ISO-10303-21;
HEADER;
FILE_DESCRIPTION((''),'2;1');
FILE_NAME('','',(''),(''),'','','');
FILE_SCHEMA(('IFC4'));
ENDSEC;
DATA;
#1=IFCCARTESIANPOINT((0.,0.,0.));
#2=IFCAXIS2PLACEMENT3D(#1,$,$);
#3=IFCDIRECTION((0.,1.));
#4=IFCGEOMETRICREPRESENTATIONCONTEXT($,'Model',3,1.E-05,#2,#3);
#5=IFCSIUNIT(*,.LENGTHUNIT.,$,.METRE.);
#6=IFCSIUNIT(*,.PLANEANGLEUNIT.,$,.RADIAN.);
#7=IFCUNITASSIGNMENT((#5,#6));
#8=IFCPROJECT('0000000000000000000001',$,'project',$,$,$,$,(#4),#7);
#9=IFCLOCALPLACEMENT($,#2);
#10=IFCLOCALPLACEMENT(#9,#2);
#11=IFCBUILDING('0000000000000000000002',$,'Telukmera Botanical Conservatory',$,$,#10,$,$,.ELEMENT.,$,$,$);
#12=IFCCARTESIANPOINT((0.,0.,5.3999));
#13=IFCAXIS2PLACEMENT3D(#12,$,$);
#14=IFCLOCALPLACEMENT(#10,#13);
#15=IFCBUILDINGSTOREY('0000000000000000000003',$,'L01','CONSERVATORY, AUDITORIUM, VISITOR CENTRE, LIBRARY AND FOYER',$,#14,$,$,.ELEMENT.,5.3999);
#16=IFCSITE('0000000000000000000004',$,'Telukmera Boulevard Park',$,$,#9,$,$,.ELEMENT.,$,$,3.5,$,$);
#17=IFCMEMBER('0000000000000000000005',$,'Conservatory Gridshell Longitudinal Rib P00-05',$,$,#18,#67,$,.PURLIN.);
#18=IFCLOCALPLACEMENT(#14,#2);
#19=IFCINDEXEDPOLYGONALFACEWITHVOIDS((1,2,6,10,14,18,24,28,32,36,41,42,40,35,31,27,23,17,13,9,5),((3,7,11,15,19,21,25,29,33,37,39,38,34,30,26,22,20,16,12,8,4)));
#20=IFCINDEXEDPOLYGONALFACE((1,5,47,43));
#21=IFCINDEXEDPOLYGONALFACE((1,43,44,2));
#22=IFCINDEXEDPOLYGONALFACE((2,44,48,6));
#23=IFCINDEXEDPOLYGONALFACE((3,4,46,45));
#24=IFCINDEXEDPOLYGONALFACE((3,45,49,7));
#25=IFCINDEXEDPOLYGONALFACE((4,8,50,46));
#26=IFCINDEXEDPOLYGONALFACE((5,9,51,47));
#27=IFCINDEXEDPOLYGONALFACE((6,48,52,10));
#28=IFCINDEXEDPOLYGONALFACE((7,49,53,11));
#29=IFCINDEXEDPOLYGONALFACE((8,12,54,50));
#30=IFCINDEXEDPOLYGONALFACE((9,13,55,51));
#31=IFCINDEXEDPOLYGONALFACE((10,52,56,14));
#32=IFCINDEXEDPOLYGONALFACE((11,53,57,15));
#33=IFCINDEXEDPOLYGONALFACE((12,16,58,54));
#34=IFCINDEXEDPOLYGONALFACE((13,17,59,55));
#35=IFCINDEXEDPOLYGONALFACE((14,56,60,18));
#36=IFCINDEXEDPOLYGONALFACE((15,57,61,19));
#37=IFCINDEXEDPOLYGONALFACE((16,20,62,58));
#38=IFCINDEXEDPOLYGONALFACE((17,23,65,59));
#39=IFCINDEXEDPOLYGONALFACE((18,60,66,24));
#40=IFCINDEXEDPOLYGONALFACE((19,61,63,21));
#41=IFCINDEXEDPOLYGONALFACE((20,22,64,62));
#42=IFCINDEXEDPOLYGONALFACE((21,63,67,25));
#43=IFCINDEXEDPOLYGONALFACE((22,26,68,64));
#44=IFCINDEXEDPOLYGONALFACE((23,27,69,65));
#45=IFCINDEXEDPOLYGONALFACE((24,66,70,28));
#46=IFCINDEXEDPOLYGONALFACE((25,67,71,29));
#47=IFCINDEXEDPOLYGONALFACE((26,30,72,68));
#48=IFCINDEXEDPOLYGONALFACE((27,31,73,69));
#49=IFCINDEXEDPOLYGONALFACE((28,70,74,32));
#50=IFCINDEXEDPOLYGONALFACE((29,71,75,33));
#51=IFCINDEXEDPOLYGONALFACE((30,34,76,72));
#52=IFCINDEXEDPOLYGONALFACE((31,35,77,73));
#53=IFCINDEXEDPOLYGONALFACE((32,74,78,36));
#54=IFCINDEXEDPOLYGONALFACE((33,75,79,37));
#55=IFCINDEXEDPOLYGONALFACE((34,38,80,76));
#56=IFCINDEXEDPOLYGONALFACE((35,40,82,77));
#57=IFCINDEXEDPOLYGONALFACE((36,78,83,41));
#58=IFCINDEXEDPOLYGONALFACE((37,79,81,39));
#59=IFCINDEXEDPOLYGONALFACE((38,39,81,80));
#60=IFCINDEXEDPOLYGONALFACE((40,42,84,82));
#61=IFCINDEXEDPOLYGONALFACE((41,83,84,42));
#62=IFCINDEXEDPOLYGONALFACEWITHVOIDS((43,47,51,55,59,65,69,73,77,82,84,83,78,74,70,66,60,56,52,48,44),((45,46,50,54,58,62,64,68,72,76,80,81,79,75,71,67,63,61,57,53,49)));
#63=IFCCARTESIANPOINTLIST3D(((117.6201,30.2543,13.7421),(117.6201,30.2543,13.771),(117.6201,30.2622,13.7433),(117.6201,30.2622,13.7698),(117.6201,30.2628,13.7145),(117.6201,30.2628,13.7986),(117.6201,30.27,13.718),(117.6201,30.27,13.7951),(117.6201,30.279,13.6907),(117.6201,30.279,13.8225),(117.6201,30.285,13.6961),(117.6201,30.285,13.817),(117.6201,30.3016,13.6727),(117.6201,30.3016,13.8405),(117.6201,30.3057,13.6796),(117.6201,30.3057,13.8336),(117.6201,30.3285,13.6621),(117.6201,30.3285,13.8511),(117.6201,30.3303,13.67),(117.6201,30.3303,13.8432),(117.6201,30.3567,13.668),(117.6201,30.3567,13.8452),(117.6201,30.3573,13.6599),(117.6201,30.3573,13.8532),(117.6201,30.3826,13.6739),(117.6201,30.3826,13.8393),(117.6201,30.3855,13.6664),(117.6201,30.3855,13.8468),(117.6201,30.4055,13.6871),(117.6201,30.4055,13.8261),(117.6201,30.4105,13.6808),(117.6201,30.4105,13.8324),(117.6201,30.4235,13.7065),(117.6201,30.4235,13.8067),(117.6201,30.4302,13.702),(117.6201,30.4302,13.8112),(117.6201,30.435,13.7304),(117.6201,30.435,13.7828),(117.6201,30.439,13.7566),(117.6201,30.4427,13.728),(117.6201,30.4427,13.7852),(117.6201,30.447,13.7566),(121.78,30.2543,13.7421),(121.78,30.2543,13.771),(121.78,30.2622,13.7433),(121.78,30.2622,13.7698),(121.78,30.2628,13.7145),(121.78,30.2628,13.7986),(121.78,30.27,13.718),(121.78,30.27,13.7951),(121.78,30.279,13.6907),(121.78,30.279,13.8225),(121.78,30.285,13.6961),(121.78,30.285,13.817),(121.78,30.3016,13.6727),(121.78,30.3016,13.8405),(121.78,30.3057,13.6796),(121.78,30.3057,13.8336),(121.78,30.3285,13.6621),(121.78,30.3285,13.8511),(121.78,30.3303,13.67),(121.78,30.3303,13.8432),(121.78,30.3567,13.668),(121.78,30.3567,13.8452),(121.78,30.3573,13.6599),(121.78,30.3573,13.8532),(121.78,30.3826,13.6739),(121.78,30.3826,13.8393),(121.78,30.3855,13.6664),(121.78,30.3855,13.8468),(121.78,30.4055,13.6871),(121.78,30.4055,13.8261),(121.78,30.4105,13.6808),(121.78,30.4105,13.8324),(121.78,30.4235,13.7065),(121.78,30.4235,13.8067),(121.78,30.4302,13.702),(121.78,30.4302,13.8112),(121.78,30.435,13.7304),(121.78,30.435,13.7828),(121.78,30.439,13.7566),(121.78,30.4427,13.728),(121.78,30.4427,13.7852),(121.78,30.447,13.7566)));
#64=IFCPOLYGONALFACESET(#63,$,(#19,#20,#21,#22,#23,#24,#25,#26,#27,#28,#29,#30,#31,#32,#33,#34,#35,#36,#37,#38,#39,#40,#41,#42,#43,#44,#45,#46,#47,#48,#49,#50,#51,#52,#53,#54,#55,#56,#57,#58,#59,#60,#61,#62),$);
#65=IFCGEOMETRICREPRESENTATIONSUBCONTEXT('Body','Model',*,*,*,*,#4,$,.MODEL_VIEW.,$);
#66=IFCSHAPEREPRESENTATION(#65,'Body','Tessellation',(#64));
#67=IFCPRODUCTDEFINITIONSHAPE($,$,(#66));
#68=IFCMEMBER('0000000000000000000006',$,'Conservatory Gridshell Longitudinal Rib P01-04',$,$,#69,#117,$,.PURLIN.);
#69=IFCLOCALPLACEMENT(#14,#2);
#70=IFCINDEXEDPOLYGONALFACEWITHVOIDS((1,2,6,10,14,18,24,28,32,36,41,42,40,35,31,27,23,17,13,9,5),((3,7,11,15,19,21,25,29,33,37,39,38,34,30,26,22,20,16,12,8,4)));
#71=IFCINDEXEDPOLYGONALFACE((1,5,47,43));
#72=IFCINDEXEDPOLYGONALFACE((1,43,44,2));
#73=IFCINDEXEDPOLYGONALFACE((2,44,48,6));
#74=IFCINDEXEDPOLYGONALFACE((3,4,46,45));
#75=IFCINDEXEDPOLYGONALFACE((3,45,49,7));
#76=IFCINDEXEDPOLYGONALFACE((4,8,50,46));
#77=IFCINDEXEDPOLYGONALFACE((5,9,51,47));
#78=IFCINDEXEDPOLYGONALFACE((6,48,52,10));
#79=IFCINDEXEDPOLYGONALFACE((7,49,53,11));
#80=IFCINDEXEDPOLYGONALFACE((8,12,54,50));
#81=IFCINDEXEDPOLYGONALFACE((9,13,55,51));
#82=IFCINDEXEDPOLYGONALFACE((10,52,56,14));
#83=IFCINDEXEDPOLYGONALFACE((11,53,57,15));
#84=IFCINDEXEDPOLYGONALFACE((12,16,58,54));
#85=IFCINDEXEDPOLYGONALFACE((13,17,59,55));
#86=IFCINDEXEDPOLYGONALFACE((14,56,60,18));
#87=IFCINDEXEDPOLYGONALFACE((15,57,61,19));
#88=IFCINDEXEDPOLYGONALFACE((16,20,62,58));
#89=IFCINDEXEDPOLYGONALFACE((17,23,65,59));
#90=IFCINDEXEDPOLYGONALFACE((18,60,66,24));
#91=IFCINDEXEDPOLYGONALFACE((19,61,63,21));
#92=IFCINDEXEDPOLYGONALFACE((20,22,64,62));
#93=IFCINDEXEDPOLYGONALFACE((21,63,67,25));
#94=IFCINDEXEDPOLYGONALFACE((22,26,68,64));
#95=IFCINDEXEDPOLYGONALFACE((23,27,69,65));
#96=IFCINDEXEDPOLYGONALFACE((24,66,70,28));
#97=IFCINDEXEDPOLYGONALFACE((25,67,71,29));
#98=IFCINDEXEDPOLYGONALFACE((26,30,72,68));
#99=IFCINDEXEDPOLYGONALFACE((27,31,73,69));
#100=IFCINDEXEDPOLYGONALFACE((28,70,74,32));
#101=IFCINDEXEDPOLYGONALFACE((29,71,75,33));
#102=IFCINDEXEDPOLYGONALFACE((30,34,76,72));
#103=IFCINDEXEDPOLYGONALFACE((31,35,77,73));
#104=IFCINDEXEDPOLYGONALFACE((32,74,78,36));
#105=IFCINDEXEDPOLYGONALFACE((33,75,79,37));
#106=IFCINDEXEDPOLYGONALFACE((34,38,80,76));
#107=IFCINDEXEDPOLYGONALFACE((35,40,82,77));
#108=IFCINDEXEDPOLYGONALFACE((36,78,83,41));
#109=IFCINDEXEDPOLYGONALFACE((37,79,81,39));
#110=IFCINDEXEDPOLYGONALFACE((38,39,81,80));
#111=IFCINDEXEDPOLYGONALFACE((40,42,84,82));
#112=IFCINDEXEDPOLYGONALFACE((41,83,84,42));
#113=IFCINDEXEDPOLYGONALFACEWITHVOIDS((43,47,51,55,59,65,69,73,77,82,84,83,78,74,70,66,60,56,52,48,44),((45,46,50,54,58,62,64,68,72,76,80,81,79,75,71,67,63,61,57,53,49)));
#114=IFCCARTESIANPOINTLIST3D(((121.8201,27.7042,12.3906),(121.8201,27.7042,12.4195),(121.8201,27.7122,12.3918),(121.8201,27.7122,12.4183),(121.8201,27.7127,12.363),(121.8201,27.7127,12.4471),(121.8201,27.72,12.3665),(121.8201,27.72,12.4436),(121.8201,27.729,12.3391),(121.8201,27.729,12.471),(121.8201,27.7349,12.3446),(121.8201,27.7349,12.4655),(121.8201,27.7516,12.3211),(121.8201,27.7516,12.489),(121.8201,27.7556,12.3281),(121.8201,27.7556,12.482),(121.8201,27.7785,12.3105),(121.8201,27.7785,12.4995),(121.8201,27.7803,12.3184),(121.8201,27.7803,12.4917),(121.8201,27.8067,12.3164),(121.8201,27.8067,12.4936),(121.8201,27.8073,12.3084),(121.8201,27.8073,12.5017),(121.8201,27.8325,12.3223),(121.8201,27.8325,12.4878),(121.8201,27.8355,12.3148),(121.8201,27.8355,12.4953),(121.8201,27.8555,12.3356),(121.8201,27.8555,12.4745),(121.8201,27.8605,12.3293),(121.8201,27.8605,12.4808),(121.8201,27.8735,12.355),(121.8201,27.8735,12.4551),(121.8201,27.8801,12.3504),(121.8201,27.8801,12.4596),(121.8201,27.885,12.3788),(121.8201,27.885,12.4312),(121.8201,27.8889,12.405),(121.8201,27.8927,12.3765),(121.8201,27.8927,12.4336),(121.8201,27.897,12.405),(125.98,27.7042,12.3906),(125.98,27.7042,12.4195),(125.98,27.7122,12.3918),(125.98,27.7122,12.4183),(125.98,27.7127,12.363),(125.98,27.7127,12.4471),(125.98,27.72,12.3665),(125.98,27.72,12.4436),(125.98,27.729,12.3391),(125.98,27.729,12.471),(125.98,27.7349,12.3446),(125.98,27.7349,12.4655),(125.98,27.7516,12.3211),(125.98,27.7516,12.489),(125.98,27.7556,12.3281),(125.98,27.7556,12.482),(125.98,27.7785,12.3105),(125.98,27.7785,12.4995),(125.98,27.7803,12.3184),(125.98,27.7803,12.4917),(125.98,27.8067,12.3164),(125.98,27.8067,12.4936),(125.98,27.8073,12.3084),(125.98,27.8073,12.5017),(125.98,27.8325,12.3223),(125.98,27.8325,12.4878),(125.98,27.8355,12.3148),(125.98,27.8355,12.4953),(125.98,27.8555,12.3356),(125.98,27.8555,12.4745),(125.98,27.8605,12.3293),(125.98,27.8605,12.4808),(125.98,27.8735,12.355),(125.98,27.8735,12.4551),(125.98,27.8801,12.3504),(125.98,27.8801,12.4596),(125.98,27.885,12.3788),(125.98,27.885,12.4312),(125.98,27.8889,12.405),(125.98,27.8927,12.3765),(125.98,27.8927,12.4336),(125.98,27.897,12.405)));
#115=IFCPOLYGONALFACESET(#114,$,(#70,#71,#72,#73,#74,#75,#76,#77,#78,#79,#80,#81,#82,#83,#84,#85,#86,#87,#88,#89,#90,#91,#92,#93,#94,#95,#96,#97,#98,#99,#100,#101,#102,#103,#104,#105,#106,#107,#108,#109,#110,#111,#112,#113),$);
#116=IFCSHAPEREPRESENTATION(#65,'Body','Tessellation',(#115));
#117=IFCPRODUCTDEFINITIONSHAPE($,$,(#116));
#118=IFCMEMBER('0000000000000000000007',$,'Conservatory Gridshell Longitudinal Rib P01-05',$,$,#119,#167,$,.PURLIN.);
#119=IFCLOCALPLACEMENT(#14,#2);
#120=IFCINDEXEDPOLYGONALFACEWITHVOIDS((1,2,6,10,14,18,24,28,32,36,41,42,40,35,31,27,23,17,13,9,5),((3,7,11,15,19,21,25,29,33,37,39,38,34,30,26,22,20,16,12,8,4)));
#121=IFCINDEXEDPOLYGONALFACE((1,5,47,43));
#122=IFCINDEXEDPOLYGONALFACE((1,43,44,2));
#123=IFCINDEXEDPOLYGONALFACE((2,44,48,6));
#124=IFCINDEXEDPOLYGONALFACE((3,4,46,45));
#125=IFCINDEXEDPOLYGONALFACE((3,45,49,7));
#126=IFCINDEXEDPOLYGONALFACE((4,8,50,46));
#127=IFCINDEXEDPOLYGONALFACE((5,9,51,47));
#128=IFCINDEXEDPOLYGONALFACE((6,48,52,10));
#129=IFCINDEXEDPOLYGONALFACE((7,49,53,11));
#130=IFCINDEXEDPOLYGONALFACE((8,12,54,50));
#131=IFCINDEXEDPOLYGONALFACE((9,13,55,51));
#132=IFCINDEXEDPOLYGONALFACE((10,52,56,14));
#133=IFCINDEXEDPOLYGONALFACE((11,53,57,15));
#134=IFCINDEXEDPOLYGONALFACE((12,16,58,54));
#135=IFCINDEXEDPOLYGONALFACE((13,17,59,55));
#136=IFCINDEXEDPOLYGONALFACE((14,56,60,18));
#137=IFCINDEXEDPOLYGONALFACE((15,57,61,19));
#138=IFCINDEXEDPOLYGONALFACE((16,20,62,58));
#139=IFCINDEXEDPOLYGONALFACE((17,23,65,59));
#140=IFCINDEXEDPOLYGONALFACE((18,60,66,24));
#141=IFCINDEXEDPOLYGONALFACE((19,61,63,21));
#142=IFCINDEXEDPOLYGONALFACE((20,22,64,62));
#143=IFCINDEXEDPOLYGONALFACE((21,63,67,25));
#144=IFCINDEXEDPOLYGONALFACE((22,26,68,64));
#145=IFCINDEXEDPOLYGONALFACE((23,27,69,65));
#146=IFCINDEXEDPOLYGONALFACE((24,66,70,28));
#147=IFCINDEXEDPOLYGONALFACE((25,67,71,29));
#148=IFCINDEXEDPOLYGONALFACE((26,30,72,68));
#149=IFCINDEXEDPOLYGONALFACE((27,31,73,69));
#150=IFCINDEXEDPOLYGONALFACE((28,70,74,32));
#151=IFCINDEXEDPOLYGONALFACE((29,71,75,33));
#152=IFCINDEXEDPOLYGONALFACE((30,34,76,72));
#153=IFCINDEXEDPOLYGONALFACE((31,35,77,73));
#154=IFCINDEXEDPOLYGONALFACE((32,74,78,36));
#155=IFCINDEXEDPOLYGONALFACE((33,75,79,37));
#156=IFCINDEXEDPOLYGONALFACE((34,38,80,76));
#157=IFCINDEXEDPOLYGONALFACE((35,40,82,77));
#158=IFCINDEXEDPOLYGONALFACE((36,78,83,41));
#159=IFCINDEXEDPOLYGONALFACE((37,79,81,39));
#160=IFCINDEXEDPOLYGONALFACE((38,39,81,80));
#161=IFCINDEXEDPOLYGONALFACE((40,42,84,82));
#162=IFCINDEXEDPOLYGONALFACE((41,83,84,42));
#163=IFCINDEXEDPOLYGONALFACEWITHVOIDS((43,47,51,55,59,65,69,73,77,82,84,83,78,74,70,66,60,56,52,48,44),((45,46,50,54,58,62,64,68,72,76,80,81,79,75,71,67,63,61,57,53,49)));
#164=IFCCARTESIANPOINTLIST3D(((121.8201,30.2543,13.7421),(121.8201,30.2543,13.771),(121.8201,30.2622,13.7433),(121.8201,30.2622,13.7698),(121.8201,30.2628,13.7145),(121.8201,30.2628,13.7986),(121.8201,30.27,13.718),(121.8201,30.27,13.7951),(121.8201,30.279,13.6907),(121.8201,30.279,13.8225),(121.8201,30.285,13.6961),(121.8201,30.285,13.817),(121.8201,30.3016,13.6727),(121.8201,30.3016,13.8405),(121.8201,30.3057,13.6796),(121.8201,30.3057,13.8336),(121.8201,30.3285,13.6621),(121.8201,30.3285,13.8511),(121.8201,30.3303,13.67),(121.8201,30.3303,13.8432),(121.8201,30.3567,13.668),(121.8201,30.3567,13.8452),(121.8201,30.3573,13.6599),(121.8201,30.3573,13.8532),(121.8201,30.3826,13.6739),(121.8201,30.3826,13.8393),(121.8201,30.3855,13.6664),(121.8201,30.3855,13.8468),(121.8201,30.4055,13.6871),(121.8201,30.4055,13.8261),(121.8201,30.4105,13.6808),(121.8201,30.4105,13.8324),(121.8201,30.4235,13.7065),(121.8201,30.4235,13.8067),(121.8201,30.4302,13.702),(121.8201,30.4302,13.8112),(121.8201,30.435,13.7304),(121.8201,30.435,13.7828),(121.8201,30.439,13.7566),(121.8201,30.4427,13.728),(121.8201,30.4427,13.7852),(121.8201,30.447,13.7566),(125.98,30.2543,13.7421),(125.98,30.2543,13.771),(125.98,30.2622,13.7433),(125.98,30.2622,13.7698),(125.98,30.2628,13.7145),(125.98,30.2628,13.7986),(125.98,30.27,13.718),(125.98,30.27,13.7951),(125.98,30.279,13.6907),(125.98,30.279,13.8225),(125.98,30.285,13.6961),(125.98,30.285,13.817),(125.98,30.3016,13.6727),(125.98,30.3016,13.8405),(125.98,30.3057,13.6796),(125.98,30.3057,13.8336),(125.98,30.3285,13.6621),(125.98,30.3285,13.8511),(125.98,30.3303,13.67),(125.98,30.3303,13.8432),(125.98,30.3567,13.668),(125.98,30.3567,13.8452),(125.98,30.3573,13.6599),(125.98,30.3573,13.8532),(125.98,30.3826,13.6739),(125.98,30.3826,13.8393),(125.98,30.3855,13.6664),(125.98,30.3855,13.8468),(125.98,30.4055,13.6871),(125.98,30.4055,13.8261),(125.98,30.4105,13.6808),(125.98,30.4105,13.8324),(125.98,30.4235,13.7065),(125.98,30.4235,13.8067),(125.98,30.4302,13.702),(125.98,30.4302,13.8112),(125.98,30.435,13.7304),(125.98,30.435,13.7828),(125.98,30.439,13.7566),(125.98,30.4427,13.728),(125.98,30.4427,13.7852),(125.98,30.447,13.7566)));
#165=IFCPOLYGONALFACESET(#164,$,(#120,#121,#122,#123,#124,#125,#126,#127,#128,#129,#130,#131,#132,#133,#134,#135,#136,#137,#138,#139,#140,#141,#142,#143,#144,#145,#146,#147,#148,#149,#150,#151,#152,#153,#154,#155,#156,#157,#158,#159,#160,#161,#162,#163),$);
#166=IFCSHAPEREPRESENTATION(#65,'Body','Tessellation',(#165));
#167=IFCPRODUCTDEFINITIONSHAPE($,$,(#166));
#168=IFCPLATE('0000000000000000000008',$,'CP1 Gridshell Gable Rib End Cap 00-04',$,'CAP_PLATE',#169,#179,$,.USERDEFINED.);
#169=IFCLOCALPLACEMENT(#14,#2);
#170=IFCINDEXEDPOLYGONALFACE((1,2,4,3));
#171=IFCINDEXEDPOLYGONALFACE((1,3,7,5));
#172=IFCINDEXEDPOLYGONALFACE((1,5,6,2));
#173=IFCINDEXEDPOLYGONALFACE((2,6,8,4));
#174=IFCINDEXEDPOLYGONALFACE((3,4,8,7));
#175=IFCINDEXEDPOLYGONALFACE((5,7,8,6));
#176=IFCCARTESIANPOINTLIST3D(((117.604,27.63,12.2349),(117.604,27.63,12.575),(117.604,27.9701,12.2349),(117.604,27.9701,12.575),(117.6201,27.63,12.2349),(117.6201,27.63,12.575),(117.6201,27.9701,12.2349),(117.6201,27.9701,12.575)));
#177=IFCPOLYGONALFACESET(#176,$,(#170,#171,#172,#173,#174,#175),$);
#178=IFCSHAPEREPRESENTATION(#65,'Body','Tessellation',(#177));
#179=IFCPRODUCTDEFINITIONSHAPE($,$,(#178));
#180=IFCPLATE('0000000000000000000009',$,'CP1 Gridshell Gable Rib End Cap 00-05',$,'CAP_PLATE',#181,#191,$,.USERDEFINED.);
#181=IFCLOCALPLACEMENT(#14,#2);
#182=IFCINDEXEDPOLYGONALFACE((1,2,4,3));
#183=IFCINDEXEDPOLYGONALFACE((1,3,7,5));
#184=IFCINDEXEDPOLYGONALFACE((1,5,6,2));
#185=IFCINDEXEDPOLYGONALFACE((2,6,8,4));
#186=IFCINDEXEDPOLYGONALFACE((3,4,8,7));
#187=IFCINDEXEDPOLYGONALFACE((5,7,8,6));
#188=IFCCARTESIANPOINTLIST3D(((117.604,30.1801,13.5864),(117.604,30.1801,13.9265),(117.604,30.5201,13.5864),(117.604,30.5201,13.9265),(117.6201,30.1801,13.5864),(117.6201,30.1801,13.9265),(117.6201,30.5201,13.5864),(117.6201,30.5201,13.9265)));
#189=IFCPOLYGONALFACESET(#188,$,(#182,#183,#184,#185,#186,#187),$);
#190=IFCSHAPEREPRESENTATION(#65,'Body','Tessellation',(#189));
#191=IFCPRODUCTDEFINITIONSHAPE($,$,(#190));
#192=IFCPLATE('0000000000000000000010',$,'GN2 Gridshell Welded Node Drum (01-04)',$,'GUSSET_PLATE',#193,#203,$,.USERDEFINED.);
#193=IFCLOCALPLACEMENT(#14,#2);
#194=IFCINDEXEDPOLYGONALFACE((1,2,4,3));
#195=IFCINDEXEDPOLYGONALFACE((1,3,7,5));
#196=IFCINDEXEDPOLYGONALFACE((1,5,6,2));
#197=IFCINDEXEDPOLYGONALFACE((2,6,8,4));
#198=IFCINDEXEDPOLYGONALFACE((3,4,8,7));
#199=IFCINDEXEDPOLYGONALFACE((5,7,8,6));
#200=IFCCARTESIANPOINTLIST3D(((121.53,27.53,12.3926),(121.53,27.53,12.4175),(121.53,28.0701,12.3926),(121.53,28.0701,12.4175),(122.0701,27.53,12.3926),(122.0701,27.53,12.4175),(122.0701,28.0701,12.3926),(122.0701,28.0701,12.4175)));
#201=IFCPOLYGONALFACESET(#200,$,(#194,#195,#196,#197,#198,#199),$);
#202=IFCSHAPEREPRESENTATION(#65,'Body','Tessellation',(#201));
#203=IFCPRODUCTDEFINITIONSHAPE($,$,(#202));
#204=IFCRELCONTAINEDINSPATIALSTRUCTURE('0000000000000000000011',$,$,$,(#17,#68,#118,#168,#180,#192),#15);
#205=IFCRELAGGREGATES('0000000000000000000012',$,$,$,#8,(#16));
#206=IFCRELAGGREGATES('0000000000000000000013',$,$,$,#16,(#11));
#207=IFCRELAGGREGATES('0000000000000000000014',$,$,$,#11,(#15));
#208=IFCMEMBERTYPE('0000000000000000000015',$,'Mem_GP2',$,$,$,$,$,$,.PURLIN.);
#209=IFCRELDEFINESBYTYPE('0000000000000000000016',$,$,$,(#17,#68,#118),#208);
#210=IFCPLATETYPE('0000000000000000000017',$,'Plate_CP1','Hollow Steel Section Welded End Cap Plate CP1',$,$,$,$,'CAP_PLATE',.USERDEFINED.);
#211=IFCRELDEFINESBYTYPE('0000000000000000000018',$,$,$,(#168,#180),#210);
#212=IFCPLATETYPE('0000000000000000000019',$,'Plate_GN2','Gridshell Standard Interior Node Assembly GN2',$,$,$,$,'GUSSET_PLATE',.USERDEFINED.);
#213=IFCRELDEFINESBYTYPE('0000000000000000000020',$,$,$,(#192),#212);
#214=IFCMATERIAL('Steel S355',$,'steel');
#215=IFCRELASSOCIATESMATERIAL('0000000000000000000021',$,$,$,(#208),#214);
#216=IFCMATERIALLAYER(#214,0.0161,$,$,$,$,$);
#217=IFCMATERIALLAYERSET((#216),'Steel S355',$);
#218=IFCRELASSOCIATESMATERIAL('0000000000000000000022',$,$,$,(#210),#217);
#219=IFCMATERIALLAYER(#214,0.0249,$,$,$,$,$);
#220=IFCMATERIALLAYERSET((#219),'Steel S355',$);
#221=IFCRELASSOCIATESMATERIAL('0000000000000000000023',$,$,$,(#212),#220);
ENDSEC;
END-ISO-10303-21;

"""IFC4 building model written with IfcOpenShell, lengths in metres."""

from ifc_helpers import new_model, si_unit, direction, frame, origin, origin_2d, place, context, subcontext, project, spatial, rectangle, hollow_circle, extrude, material, layer, layer_set, material_profile, profile_set, type_object, element, save


model = new_model("IFC4")

# Units and contexts
model_context = context("Model", 3, precision=1e-05, world=origin(), true_north=direction((0.0, 1.0)))
body_context = subcontext(model_context, "Body", "Model", "MODEL_VIEW")
ifc_project = project(units=[si_unit("LENGTHUNIT", "METRE"), si_unit("PLANEANGLEUNIT", "RADIAN")], contexts=[model_context])

# Site, building, storey
site_placement = place(None, origin())
site = spatial("IfcSite", under=ifc_project, at=site_placement, Name="Telukmera Boulevard Park", CompositionType="ELEMENT", RefElevation=3.5)
building_placement = place(site_placement, origin())
building = spatial("IfcBuilding", under=site, at=building_placement, Name="Telukmera Botanical Conservatory", CompositionType="ELEMENT")
storey_placement = place(building_placement, frame((0.0, 0.0, 5.3999)))
storey = spatial("IfcBuildingStorey", under=building, at=storey_placement, Name="L01", Description="CONSERVATORY, AUDITORIUM, VISITOR CENTRE, LIBRARY AND FOYER", CompositionType="ELEMENT", Elevation=5.3999)

# Shared definitions
ifc_material = material(Name="Steel S355", Category="steel")

# Members
ifc_material_profile_1 = material_profile(ifc_material, hollow_circle(Radius=0.0969, WallThickness=0.0081, at=origin_2d()), Name="CHS 193.7x8.0")
ifc_profile_set_1 = profile_set([ifc_material_profile_1], Name="Steel S355")
member_type_1 = type_object("IfcMemberType", Name="Mem_GP2", PredefinedType="PURLIN", material=ifc_profile_set_1)
for number, where, z_axis, x_axis, name in (
    (1, (117.6201, 30.3501, 13.7566), (1.0, 0.0, 0.0), (0.0, 1.0, 0.0), "Conservatory Gridshell Longitudinal Rib P00-05"),
    (2, (121.8201, 27.8, 12.405), (1.0, 0.0, 0.0), (0.0, 1.0, 0.0), "Conservatory Gridshell Longitudinal Rib P01-04"),
    (3, (121.8201, 30.3501, 13.7566), (1.0, 0.0, 0.0), (0.0, 1.0, 0.0), "Conservatory Gridshell Longitudinal Rib P01-05"),
):
    element("IfcMember", number, at=place(storey_placement, frame(where, z_axis=z_axis, x_axis=x_axis)), inside=storey, type_object=member_type_1, Name=name, PredefinedType="PURLIN", context=body_context, shape_type="SweptSolid", body=[
        extrude(hollow_circle(Radius=0.0969, WallThickness=0.0081, at=origin_2d()), origin(), (0.0, 0.0, 1.0), 4.1599),
    ])

# Plates
ifc_layer_1 = layer(ifc_material, 0.0161)
ifc_layer_set_1 = layer_set([ifc_layer_1], Name="Steel S355")
plate_type_1 = type_object("IfcPlateType", Name="Plate_CP1", Description="Hollow Steel Section Welded End Cap Plate CP1", ElementType="CAP_PLATE", PredefinedType="USERDEFINED", material=ifc_layer_set_1)
for number, where, z_axis, x_axis, name in (
    (4, (117.6121, 27.8, 12.2349), (0.0, 0.0, 1.0), (1.0, 0.0, 0.0), "CP1 Gridshell Gable Rib End Cap 00-04"),
    (5, (117.6121, 30.3501, 13.5864), (0.0, 0.0, 1.0), (1.0, 0.0, 0.0), "CP1 Gridshell Gable Rib End Cap 00-05"),
):
    element("IfcPlate", number, at=place(storey_placement, frame(where, z_axis=z_axis, x_axis=x_axis)), inside=storey, type_object=plate_type_1, Name=name, ObjectType="CAP_PLATE", PredefinedType="USERDEFINED", context=body_context, shape_type="SweptSolid", body=[
        extrude(rectangle(XDim=0.0161, YDim=0.3401, at=origin_2d()), origin(), (0.0, 0.0, 1.0), 0.3401),
    ])
ifc_layer_2 = layer(ifc_material, 0.0249)
ifc_layer_set_2 = layer_set([ifc_layer_2], Name="Steel S355")
plate_type_2 = type_object("IfcPlateType", Name="Plate_GN2", Description="Gridshell Standard Interior Node Assembly GN2", ElementType="GUSSET_PLATE", PredefinedType="USERDEFINED", material=ifc_layer_set_2)
for number, where, z_axis, x_axis, name in (
    (6, (121.8, 27.8, 12.3926), (0.0, 0.0, 1.0), (1.0, 0.0, 0.0), "GN2 Gridshell Welded Node Drum (01-04)"),
):
    element("IfcPlate", number, at=place(storey_placement, frame(where, z_axis=z_axis, x_axis=x_axis)), inside=storey, type_object=plate_type_2, Name=name, ObjectType="GUSSET_PLATE", PredefinedType="USERDEFINED", context=body_context, shape_type="SweptSolid", body=[
        extrude(rectangle(XDim=0.54, YDim=0.54, at=origin_2d()), origin(), (0.0, 0.0, 1.0), 0.0249),
    ])

save(model, "model.ifc")
